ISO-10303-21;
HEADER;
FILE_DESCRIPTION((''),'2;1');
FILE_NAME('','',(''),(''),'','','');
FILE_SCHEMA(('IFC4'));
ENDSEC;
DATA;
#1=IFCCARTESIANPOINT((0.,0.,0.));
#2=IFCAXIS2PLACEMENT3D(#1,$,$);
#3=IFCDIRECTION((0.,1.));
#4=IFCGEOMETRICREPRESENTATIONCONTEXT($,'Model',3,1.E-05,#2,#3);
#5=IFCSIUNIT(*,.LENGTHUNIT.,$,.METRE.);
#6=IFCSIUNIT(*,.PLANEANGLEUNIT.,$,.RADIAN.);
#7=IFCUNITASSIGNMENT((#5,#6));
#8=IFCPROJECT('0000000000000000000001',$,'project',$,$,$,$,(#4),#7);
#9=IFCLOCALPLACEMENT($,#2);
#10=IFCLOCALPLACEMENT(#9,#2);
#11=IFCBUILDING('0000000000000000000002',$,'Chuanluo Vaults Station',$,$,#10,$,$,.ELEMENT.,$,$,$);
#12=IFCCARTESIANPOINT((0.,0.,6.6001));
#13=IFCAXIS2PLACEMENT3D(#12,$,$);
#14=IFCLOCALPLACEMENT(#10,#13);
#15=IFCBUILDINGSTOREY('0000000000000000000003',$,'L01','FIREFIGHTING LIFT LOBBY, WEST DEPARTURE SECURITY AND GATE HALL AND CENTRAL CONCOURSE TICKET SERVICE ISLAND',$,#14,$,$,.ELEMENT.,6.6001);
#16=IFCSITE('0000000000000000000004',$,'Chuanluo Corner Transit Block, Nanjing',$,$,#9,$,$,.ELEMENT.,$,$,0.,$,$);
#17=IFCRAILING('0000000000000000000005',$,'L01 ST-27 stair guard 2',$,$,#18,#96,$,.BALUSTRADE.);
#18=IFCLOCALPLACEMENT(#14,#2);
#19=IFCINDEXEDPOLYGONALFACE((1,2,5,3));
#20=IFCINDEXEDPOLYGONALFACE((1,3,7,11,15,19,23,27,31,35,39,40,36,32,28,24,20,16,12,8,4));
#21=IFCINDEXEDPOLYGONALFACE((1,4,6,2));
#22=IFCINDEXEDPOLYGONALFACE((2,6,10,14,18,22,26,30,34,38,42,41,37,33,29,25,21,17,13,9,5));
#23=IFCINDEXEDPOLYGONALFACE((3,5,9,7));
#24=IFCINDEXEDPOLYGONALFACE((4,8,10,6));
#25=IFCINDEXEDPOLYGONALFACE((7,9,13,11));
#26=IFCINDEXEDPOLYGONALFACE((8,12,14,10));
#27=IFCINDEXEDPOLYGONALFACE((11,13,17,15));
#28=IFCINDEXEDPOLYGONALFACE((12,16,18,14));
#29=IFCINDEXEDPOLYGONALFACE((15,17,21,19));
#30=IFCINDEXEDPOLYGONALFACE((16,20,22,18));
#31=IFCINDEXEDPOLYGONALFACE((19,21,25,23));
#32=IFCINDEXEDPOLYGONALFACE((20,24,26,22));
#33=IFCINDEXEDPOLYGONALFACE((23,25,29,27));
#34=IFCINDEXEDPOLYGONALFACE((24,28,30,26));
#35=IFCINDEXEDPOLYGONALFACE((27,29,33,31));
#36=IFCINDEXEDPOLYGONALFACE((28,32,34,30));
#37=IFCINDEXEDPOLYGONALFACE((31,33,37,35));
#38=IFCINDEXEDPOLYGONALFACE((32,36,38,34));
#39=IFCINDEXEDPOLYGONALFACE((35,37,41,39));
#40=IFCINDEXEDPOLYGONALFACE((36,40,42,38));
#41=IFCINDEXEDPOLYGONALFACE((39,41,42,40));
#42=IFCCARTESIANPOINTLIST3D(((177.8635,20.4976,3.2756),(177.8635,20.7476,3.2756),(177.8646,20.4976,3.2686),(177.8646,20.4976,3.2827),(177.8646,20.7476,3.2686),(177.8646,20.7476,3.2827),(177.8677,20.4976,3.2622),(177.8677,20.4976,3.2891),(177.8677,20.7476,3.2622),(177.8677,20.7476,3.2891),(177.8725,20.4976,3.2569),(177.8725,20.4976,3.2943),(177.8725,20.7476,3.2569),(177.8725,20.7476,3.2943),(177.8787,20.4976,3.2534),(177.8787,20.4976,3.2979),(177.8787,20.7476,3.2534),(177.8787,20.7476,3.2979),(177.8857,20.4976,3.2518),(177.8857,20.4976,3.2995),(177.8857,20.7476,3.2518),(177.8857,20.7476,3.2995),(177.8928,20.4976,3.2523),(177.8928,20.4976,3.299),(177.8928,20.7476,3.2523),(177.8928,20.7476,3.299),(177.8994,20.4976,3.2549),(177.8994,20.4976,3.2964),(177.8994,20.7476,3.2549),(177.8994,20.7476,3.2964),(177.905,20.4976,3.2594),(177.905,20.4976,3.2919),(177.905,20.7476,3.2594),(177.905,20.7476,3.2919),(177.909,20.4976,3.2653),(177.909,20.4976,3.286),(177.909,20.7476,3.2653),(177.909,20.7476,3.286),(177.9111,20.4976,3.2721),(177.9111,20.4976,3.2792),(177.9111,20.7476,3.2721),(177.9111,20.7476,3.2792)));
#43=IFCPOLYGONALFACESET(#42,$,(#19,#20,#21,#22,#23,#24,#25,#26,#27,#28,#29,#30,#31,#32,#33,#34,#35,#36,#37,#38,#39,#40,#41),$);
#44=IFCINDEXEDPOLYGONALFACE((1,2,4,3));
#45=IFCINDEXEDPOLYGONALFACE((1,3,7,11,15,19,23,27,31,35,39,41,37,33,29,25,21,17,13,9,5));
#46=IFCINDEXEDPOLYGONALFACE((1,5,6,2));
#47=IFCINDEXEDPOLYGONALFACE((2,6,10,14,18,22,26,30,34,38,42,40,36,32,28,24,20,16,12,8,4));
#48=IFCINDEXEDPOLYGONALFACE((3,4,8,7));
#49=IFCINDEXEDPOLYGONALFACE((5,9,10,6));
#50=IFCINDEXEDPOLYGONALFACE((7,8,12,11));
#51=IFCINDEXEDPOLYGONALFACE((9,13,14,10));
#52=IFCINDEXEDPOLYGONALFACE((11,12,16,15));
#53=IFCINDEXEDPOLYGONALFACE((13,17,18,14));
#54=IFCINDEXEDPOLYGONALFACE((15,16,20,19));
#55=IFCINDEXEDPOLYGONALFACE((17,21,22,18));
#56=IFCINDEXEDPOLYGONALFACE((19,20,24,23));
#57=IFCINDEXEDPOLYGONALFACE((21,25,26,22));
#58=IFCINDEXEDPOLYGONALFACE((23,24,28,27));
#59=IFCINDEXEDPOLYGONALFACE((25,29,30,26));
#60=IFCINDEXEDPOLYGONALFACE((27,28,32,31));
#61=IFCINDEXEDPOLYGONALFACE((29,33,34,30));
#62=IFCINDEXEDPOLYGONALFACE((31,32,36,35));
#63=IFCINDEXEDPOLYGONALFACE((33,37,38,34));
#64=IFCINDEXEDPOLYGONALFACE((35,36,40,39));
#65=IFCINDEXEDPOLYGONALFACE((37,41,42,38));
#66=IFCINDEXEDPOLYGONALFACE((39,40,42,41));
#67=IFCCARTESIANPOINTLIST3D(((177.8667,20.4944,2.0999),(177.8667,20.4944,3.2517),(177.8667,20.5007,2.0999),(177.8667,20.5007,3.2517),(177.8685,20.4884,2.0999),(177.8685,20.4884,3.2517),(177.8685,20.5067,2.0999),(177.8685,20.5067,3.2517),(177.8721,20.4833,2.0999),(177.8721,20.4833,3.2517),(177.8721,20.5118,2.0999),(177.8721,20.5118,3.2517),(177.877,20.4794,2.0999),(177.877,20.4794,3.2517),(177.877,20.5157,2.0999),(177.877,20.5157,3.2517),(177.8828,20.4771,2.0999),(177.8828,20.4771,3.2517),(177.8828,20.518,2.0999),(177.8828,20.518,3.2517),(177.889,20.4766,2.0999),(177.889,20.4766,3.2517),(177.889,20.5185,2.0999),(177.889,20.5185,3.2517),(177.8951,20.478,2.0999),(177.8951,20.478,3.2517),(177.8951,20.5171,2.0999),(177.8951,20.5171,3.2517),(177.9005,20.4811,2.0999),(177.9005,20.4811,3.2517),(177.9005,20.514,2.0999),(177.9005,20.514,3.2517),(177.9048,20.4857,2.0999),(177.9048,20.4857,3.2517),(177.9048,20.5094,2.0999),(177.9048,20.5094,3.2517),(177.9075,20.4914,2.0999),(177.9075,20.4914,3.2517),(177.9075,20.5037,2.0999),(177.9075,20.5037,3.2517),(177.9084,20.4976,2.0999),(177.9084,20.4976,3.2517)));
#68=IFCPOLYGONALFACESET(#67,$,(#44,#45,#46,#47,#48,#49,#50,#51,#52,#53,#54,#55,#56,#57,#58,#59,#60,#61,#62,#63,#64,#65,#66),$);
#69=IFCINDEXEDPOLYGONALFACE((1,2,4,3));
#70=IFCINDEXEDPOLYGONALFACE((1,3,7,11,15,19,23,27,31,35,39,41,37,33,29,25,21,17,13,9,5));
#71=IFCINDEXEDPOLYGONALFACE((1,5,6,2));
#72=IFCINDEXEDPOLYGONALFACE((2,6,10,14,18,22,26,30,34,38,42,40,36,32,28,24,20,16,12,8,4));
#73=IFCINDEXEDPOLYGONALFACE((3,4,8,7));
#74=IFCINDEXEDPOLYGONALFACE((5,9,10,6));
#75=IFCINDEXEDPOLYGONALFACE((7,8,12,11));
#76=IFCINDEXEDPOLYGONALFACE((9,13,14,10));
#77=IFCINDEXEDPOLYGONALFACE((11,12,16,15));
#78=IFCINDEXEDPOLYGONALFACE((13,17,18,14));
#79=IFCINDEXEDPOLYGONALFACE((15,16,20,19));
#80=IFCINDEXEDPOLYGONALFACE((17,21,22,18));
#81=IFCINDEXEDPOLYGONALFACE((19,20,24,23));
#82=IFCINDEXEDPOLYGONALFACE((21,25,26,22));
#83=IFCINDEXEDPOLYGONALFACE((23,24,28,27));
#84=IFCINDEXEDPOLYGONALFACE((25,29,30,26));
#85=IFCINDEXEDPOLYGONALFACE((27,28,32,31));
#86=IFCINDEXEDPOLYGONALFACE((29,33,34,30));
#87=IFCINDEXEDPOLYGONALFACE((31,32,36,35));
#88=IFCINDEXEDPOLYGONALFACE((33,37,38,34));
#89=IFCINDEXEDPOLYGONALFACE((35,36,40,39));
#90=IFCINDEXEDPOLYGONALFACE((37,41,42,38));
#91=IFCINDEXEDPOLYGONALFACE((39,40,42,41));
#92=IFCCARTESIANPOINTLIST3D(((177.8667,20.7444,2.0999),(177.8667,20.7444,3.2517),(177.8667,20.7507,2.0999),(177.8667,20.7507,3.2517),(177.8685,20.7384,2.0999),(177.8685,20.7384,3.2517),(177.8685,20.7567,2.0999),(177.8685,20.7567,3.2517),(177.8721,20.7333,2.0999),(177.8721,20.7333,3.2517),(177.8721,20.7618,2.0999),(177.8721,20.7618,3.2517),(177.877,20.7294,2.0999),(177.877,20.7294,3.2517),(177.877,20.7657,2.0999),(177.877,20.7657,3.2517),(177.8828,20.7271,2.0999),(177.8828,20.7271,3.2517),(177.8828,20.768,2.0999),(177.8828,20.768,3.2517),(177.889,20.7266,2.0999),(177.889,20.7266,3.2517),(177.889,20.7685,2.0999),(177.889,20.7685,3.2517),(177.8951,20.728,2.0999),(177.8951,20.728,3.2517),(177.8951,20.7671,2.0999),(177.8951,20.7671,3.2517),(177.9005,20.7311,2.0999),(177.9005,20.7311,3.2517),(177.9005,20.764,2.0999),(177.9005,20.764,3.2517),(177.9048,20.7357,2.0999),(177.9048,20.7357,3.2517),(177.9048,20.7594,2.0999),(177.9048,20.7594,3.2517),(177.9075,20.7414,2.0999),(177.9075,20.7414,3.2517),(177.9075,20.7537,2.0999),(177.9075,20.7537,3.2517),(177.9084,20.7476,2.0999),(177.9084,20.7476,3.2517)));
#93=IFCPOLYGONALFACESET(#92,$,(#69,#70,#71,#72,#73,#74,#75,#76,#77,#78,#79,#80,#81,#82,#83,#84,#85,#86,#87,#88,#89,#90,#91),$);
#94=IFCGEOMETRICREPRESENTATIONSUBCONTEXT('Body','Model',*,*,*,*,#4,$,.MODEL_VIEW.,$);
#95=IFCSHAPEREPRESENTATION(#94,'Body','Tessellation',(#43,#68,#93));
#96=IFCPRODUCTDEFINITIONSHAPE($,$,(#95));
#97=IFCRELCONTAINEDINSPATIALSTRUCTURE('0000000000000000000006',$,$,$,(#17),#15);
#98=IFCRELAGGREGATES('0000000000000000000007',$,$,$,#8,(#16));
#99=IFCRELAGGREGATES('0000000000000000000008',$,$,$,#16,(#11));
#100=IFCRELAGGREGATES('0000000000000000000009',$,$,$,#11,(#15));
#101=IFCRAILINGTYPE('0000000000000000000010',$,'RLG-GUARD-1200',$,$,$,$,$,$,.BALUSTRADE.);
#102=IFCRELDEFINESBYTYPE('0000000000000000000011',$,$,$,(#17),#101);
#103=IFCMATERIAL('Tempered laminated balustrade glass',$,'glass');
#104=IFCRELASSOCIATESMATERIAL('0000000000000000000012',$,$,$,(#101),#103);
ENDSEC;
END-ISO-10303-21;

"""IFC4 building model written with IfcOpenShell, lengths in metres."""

from ifc_helpers import new_model, si_unit, direction, frame, origin, origin_2d, place, context, subcontext, project, spatial, circle, extrude, material, type_object, element, save


model = new_model("IFC4")

# Units and contexts
model_context = context("Model", 3, precision=1e-05, world=origin(), true_north=direction((0.0, 1.0)))
body_context = subcontext(model_context, "Body", "Model", "MODEL_VIEW")
ifc_project = project(units=[si_unit("LENGTHUNIT", "METRE"), si_unit("PLANEANGLEUNIT", "RADIAN")], contexts=[model_context])

# Site, building, storey
site_placement = place(None, origin())
site = spatial("IfcSite", under=ifc_project, at=site_placement, Name="Chuanluo Corner Transit Block, Nanjing", CompositionType="ELEMENT", RefElevation=0.0)
building_placement = place(site_placement, origin())
building = spatial("IfcBuilding", under=site, at=building_placement, Name="Chuanluo Vaults Station", CompositionType="ELEMENT")
storey_placement = place(building_placement, frame((0.0, 0.0, 6.6001)))
storey = spatial("IfcBuildingStorey", under=building, at=storey_placement, Name="L01", Description="FIREFIGHTING LIFT LOBBY, WEST DEPARTURE SECURITY AND GATE HALL AND CENTRAL CONCOURSE TICKET SERVICE ISLAND", CompositionType="ELEMENT", Elevation=6.6001)

# Railing
ifc_material_1 = material(Name="Tempered laminated balustrade glass", Category="glass")
railing_type_1 = type_object("IfcRailingType", Name="RLG-GUARD-1200", PredefinedType="BALUSTRADE", material=ifc_material_1)
railing_1_placement = place(storey_placement, frame((177.8875, 20.4976, 2.0999)))
element("IfcRailing", 1, at=railing_1_placement, inside=storey, type_object=railing_type_1, Name="L01 ST-27 stair guard 2", PredefinedType="BALUSTRADE", context=body_context, shape_type="SweptSolid", body=[
    extrude(circle(Radius=0.0239, at=origin_2d()), frame((0.0, 0.0, 1.1758), z_axis=(0.0, 1.0, 0.0), x_axis=(-1.0, 0.0, 0.0)), (0.0, 0.0, 1.0), 0.25),
    extrude(circle(Radius=0.021, at=origin_2d()), origin(), (0.0, 0.0, 1.0), 1.1519),
    extrude(circle(Radius=0.021, at=origin_2d()), frame((0.0, 0.25, 0.0)), (0.0, 0.0, 1.0), 1.1519),
])

save(model, "model.ifc")
